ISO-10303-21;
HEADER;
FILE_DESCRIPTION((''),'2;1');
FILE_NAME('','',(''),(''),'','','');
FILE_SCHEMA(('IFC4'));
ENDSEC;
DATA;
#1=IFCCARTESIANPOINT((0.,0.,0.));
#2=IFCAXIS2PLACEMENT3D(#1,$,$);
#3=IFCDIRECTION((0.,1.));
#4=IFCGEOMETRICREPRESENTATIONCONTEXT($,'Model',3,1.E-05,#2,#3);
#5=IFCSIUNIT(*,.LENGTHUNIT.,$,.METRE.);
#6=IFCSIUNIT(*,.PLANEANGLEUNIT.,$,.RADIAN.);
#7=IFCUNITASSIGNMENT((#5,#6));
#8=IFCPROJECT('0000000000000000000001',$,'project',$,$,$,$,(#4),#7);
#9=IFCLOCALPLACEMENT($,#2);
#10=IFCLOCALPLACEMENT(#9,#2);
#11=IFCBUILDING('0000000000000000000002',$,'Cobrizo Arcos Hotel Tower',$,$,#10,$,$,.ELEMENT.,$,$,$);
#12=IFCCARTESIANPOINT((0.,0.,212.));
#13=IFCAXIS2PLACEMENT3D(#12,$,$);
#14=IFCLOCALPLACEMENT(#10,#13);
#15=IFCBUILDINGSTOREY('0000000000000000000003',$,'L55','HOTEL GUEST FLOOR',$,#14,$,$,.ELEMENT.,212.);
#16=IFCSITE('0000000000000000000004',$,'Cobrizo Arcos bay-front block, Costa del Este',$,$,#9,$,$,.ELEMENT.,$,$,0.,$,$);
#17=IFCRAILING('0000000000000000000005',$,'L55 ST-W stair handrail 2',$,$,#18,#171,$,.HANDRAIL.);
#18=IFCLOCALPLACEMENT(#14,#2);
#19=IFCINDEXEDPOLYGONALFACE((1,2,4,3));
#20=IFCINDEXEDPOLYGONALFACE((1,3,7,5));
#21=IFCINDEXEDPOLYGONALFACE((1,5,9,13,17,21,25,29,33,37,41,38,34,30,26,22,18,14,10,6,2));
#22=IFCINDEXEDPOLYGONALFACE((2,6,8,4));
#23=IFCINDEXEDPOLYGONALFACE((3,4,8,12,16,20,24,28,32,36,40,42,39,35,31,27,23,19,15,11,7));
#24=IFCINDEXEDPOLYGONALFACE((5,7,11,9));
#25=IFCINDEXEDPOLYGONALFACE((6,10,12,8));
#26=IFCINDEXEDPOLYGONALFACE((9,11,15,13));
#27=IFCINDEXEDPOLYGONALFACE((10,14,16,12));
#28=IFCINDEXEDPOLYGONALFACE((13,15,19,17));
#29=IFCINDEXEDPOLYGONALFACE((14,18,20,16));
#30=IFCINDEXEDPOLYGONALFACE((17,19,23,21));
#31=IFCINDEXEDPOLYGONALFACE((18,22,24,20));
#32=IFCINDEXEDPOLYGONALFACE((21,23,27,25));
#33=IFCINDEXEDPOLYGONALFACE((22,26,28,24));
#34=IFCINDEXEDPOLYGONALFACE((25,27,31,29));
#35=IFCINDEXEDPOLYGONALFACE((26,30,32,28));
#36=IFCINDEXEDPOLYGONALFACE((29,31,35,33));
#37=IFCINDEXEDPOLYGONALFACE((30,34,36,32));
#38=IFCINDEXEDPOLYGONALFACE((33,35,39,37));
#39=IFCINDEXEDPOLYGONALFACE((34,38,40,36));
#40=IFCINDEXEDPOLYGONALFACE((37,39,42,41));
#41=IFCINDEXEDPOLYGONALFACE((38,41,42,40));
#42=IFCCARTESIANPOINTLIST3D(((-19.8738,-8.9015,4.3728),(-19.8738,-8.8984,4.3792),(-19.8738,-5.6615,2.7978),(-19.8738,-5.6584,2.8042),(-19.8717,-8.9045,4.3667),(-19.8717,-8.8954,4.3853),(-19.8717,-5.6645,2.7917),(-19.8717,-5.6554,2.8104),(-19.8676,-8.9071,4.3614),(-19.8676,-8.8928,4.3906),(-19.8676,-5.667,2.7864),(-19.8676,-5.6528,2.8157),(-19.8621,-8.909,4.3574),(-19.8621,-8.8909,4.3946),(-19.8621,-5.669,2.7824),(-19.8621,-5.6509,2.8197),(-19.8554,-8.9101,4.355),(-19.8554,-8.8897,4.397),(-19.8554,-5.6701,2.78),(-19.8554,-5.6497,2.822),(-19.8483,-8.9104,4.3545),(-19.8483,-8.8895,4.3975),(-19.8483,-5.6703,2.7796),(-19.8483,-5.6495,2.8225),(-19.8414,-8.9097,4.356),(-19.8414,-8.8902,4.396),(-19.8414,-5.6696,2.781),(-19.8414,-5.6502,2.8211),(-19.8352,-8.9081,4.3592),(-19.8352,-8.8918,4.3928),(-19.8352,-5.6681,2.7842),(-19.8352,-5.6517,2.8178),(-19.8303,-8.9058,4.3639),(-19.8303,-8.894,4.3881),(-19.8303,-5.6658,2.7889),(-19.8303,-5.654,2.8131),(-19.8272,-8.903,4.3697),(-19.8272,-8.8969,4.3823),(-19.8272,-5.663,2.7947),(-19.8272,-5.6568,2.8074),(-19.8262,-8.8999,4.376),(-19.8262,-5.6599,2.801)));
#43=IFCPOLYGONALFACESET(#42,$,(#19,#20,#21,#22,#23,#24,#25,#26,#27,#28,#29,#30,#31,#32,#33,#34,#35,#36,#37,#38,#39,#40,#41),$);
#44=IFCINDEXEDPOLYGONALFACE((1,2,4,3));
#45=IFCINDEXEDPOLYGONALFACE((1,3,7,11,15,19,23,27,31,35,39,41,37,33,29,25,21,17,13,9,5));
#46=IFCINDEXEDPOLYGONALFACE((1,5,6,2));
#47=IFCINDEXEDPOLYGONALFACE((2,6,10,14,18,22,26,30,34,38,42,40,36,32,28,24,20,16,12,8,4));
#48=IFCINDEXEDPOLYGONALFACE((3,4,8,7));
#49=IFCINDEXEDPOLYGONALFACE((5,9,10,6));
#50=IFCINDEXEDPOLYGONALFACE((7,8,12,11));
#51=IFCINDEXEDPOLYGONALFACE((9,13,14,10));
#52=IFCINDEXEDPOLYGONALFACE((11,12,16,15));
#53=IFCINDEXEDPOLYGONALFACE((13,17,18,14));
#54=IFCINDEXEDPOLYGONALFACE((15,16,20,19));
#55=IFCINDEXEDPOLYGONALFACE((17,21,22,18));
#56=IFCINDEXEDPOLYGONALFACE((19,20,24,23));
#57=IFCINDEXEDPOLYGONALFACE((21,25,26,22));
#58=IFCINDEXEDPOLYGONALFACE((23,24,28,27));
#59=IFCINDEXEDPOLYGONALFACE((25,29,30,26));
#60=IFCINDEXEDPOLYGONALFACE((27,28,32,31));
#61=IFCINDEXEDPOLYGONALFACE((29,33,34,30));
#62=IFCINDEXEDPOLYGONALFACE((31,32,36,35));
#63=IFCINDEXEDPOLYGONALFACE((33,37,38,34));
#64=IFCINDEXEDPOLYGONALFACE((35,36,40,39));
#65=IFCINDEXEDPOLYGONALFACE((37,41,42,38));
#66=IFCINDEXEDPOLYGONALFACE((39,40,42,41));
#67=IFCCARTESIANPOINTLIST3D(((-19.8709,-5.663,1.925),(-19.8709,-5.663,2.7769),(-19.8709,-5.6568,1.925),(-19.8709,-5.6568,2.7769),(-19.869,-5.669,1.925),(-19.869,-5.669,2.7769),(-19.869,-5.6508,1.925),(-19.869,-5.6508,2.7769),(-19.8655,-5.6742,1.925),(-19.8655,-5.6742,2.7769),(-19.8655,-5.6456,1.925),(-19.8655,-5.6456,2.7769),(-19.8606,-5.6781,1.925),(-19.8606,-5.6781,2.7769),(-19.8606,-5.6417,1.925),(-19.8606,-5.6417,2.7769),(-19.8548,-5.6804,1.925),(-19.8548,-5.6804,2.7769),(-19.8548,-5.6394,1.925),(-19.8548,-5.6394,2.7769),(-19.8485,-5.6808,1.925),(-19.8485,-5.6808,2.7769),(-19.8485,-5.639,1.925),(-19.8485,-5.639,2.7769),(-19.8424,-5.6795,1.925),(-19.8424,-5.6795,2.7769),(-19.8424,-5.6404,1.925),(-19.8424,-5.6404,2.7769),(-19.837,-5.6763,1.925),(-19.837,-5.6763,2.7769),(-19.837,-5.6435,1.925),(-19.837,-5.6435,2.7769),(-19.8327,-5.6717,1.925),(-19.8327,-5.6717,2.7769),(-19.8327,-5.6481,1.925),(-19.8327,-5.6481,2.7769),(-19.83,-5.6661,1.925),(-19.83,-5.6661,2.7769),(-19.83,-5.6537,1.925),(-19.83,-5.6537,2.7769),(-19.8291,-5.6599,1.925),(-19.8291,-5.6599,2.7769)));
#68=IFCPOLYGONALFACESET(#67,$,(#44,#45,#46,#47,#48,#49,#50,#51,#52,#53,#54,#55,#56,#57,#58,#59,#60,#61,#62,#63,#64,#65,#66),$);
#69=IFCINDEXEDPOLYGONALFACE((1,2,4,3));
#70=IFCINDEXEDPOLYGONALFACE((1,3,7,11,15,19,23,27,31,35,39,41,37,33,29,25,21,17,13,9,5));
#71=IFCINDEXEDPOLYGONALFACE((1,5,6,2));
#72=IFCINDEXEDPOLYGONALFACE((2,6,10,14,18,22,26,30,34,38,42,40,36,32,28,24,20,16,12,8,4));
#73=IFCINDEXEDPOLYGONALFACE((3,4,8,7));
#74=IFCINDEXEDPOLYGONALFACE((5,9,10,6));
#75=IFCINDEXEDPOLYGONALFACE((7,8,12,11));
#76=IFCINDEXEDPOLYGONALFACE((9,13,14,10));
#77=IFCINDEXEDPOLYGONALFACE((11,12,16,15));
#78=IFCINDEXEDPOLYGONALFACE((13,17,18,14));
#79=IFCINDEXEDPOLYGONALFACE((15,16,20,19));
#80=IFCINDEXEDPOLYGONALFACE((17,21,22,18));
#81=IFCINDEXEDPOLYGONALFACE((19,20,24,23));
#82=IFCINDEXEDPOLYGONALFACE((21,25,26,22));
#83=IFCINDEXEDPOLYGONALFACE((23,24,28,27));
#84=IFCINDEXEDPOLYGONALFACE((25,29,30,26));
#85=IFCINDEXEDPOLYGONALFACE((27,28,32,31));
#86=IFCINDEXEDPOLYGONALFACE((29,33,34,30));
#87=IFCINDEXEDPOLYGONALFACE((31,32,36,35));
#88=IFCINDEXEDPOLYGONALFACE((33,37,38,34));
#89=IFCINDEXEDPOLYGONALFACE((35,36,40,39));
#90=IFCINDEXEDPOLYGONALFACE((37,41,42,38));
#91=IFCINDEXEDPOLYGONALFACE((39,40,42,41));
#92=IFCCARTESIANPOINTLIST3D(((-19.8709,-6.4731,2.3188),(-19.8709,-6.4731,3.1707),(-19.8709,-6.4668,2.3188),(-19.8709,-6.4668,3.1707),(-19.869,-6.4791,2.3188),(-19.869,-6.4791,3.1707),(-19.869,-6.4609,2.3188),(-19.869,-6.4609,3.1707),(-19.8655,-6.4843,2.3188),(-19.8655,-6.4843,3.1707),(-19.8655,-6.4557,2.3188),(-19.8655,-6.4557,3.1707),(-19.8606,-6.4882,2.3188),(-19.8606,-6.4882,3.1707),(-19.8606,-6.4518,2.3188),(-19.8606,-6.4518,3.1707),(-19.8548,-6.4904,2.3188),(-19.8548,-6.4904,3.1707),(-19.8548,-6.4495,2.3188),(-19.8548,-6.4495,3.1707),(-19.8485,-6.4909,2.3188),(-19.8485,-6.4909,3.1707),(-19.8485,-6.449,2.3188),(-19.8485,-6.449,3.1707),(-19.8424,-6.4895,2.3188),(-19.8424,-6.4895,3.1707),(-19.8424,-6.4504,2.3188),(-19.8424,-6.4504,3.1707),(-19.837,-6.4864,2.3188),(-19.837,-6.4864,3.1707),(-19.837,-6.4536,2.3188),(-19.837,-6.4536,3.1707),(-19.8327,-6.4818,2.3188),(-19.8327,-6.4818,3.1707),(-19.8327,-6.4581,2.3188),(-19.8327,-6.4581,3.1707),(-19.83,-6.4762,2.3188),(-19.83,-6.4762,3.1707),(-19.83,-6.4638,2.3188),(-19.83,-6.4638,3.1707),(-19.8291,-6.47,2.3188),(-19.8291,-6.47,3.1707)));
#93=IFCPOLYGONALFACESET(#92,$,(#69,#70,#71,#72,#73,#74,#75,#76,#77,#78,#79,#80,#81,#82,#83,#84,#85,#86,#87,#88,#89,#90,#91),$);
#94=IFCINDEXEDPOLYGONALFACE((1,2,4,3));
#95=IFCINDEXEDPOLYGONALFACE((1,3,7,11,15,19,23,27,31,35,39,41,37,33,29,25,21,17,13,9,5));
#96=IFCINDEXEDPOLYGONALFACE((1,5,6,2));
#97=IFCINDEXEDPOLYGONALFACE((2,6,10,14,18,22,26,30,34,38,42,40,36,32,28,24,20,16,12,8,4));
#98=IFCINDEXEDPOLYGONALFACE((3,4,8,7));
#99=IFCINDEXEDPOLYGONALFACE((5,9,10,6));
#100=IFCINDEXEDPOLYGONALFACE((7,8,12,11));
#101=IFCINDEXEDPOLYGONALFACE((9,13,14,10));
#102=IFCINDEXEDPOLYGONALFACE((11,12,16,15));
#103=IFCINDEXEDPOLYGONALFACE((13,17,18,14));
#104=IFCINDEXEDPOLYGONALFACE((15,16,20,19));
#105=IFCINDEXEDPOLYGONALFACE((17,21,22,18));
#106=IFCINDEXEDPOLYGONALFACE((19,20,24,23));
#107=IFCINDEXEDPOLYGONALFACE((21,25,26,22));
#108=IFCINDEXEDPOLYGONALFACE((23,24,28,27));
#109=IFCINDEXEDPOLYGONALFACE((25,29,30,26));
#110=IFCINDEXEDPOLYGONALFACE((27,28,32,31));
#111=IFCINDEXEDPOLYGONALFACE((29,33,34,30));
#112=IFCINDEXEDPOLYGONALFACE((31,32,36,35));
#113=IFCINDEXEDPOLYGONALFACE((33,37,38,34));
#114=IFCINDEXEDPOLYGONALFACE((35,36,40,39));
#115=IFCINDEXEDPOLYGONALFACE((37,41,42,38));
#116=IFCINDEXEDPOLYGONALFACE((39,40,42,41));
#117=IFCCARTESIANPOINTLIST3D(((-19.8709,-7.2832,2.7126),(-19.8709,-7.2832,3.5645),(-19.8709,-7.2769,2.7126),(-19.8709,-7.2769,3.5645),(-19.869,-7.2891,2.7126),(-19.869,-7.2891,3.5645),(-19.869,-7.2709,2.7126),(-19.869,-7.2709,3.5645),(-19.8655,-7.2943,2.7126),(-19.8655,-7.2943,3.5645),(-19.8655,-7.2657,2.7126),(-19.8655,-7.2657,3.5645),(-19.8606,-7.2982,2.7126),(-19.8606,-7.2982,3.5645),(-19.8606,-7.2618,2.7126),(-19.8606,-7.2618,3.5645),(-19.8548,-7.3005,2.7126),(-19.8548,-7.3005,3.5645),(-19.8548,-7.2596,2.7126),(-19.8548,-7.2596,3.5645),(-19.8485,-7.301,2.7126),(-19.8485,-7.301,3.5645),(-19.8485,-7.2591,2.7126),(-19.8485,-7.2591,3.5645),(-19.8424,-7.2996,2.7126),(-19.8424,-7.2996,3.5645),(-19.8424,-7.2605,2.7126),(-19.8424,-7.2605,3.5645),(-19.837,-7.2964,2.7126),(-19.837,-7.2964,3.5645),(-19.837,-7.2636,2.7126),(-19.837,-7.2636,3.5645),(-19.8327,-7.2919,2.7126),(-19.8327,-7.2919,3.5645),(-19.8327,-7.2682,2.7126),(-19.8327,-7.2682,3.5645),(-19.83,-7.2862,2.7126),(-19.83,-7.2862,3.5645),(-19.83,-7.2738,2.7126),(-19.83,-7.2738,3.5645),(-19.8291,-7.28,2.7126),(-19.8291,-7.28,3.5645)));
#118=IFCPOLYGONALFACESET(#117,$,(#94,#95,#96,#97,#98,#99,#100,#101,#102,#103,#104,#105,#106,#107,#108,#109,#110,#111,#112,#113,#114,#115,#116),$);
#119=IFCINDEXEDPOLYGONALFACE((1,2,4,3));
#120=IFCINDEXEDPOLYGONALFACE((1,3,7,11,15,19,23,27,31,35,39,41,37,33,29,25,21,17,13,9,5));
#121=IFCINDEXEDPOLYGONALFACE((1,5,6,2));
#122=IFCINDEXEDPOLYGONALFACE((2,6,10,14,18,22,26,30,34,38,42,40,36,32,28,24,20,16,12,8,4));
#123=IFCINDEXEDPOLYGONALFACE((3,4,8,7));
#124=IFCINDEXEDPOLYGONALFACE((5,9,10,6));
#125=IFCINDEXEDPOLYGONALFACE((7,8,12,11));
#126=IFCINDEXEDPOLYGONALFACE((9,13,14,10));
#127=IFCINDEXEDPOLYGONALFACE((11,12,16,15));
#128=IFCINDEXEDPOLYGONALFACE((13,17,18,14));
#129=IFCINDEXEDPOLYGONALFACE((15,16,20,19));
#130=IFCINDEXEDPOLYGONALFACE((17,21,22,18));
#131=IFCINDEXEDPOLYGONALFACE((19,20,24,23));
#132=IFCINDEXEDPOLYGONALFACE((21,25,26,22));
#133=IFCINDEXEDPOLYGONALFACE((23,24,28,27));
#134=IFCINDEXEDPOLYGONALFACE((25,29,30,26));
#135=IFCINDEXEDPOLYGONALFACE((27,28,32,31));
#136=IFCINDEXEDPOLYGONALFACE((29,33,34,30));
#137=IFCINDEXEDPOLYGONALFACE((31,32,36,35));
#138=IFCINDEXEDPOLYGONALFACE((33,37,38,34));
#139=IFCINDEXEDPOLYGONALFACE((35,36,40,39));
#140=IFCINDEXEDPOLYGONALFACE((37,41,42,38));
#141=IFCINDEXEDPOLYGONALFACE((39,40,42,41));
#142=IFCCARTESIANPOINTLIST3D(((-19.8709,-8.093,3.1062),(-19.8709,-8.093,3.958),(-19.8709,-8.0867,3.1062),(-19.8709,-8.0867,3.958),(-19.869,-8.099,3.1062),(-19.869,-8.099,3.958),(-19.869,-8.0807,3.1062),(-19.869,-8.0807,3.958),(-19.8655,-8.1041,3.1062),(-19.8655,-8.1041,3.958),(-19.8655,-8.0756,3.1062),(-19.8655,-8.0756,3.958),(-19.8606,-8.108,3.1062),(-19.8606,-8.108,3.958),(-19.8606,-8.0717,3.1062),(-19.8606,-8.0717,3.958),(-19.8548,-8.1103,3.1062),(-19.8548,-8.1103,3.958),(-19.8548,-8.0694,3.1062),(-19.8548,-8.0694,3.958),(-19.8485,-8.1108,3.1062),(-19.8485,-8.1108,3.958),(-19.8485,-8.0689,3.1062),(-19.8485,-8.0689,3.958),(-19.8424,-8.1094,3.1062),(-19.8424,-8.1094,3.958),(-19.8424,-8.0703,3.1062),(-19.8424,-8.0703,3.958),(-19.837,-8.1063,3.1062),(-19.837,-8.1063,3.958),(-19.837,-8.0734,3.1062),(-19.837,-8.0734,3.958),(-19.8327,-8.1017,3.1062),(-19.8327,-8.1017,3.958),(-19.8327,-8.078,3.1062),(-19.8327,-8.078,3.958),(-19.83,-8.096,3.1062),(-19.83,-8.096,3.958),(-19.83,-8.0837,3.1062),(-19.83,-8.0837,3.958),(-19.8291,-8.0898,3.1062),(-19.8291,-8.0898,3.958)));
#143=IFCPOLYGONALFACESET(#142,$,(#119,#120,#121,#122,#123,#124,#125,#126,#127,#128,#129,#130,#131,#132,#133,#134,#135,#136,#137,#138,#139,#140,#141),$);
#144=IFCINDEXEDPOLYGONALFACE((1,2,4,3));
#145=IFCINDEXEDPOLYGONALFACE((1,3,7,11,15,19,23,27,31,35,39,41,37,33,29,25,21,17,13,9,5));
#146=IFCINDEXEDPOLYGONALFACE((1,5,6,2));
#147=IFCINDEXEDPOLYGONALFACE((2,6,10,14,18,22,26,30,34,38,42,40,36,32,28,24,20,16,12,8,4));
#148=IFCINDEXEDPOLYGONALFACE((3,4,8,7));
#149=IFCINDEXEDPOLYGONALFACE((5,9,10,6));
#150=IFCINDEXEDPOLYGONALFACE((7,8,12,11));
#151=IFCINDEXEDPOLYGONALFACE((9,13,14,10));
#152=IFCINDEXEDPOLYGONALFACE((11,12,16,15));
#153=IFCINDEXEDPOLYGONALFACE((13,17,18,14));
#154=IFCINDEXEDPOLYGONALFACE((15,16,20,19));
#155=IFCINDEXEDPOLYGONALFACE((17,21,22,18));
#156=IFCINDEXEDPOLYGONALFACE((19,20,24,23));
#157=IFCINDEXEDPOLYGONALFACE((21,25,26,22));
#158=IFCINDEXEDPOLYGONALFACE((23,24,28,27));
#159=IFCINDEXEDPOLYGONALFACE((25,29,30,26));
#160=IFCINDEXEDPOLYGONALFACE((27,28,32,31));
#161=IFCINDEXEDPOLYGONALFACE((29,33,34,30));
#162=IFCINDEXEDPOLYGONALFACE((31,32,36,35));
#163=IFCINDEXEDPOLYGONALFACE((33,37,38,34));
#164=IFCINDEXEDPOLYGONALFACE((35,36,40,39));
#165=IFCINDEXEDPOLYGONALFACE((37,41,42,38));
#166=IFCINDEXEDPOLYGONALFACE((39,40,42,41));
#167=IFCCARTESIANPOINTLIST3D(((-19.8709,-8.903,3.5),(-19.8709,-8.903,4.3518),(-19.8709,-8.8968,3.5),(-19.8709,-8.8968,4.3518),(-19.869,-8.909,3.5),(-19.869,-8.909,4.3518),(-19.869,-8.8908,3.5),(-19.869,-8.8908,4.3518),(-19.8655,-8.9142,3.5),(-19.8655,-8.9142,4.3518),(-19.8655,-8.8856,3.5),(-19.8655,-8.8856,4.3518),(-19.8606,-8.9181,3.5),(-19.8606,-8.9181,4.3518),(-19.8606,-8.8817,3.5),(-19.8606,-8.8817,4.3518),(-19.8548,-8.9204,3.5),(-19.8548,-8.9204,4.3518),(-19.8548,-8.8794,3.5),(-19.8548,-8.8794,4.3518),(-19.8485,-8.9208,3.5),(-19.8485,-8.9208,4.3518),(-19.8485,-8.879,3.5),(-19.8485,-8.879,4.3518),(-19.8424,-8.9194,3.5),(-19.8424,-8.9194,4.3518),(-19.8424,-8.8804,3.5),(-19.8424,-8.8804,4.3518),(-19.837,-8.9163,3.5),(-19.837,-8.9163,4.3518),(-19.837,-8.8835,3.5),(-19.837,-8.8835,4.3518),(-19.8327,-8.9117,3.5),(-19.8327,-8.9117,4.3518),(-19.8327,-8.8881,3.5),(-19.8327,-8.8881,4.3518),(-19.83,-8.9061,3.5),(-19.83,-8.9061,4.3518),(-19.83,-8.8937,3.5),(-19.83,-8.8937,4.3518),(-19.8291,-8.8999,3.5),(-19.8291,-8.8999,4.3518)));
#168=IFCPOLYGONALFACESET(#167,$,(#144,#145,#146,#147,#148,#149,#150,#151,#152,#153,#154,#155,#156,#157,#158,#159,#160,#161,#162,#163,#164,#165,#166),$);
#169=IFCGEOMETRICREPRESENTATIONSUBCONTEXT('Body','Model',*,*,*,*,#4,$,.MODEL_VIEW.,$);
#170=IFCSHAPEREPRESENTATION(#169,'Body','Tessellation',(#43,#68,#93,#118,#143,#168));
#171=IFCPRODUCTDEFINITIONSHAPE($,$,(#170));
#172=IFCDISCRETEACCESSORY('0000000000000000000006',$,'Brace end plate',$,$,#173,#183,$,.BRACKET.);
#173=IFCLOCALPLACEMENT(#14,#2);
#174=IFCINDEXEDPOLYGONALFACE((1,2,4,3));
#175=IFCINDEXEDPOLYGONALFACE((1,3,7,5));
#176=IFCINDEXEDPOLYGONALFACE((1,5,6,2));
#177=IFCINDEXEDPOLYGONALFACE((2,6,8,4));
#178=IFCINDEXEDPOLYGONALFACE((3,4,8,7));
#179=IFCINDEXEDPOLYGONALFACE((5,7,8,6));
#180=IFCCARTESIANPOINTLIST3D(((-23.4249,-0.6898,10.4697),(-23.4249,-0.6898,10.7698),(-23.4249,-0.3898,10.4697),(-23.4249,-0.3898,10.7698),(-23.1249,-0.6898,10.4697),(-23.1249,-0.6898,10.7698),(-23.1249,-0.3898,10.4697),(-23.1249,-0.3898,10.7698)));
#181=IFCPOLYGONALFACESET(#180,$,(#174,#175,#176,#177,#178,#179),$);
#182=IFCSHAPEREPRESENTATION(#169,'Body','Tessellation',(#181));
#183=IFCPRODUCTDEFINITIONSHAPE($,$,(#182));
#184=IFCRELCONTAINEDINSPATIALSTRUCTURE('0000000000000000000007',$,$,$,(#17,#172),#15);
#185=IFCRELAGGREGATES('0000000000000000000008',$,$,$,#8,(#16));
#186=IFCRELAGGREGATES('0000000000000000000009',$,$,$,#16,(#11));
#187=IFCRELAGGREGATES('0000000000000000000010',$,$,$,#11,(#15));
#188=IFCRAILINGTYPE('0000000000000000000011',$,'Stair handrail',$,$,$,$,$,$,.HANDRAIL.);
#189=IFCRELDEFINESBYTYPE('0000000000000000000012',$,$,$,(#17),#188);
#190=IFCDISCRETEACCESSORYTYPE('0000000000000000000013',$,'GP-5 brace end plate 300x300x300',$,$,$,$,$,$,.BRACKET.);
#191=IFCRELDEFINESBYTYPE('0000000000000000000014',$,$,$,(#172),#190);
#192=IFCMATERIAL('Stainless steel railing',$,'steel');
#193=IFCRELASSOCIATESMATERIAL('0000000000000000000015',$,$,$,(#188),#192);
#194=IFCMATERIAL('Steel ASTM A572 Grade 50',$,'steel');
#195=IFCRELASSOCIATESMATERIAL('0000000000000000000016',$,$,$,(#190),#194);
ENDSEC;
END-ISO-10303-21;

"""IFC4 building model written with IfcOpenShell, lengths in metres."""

from ifc_helpers import new_model, si_unit, direction, frame, origin, origin_2d, place, context, subcontext, project, spatial, rectangle, circle, extrude, material, type_object, element, save


model = new_model("IFC4")

# Units and contexts
model_context = context("Model", 3, precision=1e-05, world=origin(), true_north=direction((0.0, 1.0)))
body_context = subcontext(model_context, "Body", "Model", "MODEL_VIEW")
ifc_project = project(units=[si_unit("LENGTHUNIT", "METRE"), si_unit("PLANEANGLEUNIT", "RADIAN")], contexts=[model_context])

# Site, building, storey
site_placement = place(None, origin())
site = spatial("IfcSite", under=ifc_project, at=site_placement, Name="Cobrizo Arcos bay-front block, Costa del Este", CompositionType="ELEMENT", RefElevation=0.0)
building_placement = place(site_placement, origin())
building = spatial("IfcBuilding", under=site, at=building_placement, Name="Cobrizo Arcos Hotel Tower", CompositionType="ELEMENT")
storey_placement = place(building_placement, frame((0.0, 0.0, 212.0)))
storey = spatial("IfcBuildingStorey", under=building, at=storey_placement, Name="L55", Description="HOTEL GUEST FLOOR", CompositionType="ELEMENT", Elevation=212.0)

# Railing
ifc_material_1 = material(Name="Stainless steel railing", Category="steel")
railing_type_1 = type_object("IfcRailingType", Name="Stair handrail", PredefinedType="HANDRAIL", material=ifc_material_1)
railing_1_placement = place(storey_placement, frame((-19.8501, -5.6599, 1.925)))
element("IfcRailing", 1, at=railing_1_placement, inside=storey, type_object=railing_type_1, Name="L55 ST-W stair handrail 2", PredefinedType="HANDRAIL", context=body_context, shape_type="SweptSolid", body=[
    extrude(circle(Radius=0.0239, at=origin_2d()), frame((0.0, 0.0, 0.876), z_axis=(0.0, -0.899373, 0.437183), x_axis=(1.0, 0.0, 0.0)), (0.0, 0.0, 1.0), 3.6025),
    extrude(circle(Radius=0.021, at=origin_2d()), origin(), (0.0, 0.0, 1.0), 0.8518),
    extrude(circle(Radius=0.021, at=origin_2d()), frame((0.0, -0.8101, 0.3938)), (0.0, 0.0, 1.0), 0.8518),
    extrude(circle(Radius=0.021, at=origin_2d()), frame((0.0, -1.6201, 0.7876)), (0.0, 0.0, 1.0), 0.8518),
    extrude(circle(Radius=0.021, at=origin_2d()), frame((0.0, -2.4299, 1.1812)), (0.0, 0.0, 1.0), 0.8518),
    extrude(circle(Radius=0.021, at=origin_2d()), frame((0.0, -3.24, 1.575)), (0.0, 0.0, 1.0), 0.8518),
])

# Discrete accessory
ifc_material_2 = material(Name="Steel ASTM A572 Grade 50", Category="steel")
discrete_accessory_type = type_object("IfcDiscreteAccessoryType", Name="GP-5 brace end plate 300x300x300", PredefinedType="BRACKET", material=ifc_material_2)
discrete_accessory_placement = place(storey_placement, frame((-23.2749, -0.5398, 10.4697), z_axis=(0.0, 0.0, 1.0), x_axis=(1.0, 0.0, 0.0)))
element("IfcDiscreteAccessory", 2, at=discrete_accessory_placement, inside=storey, type_object=discrete_accessory_type, Name="Brace end plate", PredefinedType="BRACKET", context=body_context, shape_type="SweptSolid", body=[
    extrude(rectangle(XDim=0.3, YDim=0.3, at=origin_2d()), origin(), (0.0, 0.0, 1.0), 0.3),
])

save(model, "model.ifc")
